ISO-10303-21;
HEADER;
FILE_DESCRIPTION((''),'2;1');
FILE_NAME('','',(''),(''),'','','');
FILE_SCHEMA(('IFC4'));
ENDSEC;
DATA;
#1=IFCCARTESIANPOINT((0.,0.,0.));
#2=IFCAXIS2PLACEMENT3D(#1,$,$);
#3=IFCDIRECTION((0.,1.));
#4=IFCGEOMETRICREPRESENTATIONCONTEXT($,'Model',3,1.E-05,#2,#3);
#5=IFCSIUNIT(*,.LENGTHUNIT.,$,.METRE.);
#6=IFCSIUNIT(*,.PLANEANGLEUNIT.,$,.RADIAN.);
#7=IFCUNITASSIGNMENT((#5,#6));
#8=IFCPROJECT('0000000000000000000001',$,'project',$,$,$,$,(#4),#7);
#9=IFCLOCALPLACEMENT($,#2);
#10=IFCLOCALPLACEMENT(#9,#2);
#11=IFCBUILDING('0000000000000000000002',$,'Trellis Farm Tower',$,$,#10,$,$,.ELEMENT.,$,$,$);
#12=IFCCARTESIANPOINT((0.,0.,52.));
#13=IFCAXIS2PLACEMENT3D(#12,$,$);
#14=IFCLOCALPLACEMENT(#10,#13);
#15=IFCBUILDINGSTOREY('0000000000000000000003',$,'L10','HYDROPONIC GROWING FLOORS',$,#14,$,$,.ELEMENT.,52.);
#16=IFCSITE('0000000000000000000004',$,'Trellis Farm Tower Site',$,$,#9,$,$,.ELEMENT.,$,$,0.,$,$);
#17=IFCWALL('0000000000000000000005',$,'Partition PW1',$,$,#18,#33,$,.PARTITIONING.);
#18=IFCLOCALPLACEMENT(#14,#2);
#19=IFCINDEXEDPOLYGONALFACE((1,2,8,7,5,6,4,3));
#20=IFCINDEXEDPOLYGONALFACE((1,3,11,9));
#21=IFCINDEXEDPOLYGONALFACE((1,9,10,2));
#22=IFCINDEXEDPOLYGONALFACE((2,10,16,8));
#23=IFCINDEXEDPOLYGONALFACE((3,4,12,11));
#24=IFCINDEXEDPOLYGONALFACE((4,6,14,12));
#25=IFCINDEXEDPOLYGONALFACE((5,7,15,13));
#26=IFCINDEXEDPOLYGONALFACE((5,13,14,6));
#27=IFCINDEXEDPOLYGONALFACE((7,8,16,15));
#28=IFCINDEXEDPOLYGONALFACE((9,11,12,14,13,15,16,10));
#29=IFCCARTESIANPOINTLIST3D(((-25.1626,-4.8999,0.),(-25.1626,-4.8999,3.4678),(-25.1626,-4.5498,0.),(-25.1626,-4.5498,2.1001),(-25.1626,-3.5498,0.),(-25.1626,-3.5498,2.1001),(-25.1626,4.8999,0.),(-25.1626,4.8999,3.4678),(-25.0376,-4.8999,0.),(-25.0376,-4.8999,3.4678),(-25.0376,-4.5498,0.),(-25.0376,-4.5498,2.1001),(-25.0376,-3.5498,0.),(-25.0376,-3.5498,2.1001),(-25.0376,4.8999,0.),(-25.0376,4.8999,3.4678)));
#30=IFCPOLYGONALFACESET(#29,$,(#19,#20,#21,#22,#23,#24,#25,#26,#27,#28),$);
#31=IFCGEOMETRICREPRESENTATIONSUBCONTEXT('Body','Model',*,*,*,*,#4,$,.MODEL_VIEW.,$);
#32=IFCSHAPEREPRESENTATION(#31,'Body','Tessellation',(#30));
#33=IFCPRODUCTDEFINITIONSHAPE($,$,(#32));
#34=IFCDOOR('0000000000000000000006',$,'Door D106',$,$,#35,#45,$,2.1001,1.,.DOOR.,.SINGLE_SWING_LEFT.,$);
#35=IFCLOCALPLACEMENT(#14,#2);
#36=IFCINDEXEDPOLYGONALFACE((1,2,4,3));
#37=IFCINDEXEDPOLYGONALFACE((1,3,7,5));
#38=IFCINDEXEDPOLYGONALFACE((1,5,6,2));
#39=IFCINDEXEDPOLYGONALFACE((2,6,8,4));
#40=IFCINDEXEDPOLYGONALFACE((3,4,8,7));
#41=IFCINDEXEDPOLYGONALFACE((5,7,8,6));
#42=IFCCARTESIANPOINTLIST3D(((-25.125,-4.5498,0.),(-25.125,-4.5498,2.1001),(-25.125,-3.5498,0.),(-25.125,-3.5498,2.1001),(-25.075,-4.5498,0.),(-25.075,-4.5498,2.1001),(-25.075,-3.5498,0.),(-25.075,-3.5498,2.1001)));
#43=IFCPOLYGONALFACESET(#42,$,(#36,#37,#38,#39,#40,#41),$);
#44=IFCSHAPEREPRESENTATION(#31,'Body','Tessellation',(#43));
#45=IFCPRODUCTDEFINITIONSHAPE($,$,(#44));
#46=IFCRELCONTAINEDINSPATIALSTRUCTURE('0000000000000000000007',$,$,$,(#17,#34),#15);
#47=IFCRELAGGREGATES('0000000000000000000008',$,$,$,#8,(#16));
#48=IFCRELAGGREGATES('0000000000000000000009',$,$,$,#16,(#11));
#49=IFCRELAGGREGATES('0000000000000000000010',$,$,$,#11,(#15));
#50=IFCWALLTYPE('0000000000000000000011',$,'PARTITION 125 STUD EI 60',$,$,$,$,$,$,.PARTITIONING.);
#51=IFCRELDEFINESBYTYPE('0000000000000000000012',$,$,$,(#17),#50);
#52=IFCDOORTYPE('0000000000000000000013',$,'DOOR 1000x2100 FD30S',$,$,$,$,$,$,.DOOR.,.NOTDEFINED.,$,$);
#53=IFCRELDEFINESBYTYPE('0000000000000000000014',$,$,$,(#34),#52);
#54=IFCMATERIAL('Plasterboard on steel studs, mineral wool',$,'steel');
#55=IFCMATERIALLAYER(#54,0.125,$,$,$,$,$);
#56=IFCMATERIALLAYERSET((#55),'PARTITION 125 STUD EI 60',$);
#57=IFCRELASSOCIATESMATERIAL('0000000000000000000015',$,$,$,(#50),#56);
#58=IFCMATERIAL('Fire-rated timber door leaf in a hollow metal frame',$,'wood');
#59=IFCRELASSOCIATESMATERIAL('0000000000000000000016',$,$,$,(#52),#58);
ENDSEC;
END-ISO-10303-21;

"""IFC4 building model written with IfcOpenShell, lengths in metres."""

from ifc_helpers import new_model, si_unit, direction, frame, frame_2d, origin, place, context, subcontext, project, spatial, rectangle, extrude, source, transform, mapped, material, layer, layer_set, type_object, element, fill, save


model = new_model("IFC4")

# Units and contexts
model_context = context("Model", 3, precision=1e-05, world=origin(), true_north=direction((0.0, 1.0)))
body_context = subcontext(model_context, "Body", "Model", "MODEL_VIEW")
ifc_project = project(units=[si_unit("LENGTHUNIT", "METRE"), si_unit("PLANEANGLEUNIT", "RADIAN")], contexts=[model_context])

# Site, building, storey
site_placement = place(None, origin())
site = spatial("IfcSite", under=ifc_project, at=site_placement, Name="Trellis Farm Tower Site", CompositionType="ELEMENT", RefElevation=0.0)
building_placement = place(site_placement, origin())
building = spatial("IfcBuilding", under=site, at=building_placement, Name="Trellis Farm Tower", CompositionType="ELEMENT")
storey_placement = place(building_placement, frame((0.0, 0.0, 52.0)))
storey = spatial("IfcBuildingStorey", under=building, at=storey_placement, Name="L10", Description="HYDROPONIC GROWING FLOORS", CompositionType="ELEMENT", Elevation=52.0)

# Wall, opening, door
ifc_material_1 = material(Name="Plasterboard on steel studs, mineral wool", Category="steel")
ifc_layer_1 = layer(ifc_material_1, 0.125)
ifc_layer_set_1 = layer_set([ifc_layer_1], Name="PARTITION 125 STUD EI 60")
wall_type_1 = type_object("IfcWallType", Name="PARTITION 125 STUD EI 60", PredefinedType="PARTITIONING", material=ifc_layer_set_1)
shared_shape_1 = source(origin(), body_context, "Body", "SweptSolid", [
    extrude(rectangle(XDim=9.7998, YDim=0.125, at=frame_2d((4.8999, 0.0))), origin(), (0.0, 0.0, 1.0), 3.4678),
])
wall_1_placement = place(storey_placement, frame((-25.1001, -4.8999, 0.0), z_axis=(0.0, 0.0, 1.0), x_axis=(0.0, 1.0, 0.0)))
wall_1 = element("IfcWall", 1, at=wall_1_placement, inside=storey, type_object=wall_type_1, Name="Partition PW1", PredefinedType="PARTITIONING", context=body_context, shape_type="MappedRepresentation", body=[
    mapped(shared_shape_1, transform((0.0, 0.0, 0.0))),
])
shared_shape_2 = source(origin(), body_context, "Body", "SweptSolid", [
    extrude(rectangle(XDim=1.0, YDim=2.1001, at=frame_2d((0.5, 1.05))), frame((0.0, 0.0725, 0.0), z_axis=(0.0, -1.0, 0.0), x_axis=(1.0, 0.0, 0.0)), (0.0, 0.0, 1.0), 0.145),
])
opening_1_placement = place(wall_1_placement, frame((0.3501, 0.0, 0.0)))
opening_1 = element("IfcOpeningElement", 2, at=opening_1_placement, cuts=wall_1, PredefinedType="OPENING", context=body_context, shape_type="MappedRepresentation", body=[
    mapped(shared_shape_2, transform((0.0, 0.0, 0.0))),
])
ifc_material_2 = material(Name="Fire-rated timber door leaf in a hollow metal frame", Category="wood")
door_type_1 = type_object("IfcDoorType", Name="DOOR 1000x2100 FD30S", OperationType="NOTDEFINED", PredefinedType="DOOR", material=ifc_material_2)
shared_shape_3 = source(origin(), body_context, "Body", "SweptSolid", [
    extrude(rectangle(XDim=1.0, YDim=2.1001, at=frame_2d((0.5, 1.05))), frame((0.0, 0.0249, 0.0), z_axis=(0.0, -1.0, 0.0), x_axis=(1.0, 0.0, 0.0)), (0.0, 0.0, 1.0), 0.05),
])
door_1_placement = place(opening_1_placement, origin())
door_1 = element("IfcDoor", 3, at=door_1_placement, inside=storey, type_object=door_type_1, Name="Door D106", OperationType="SINGLE_SWING_LEFT", OverallHeight=2.1001, OverallWidth=1.0, PredefinedType="DOOR", context=body_context, shape_type="MappedRepresentation", body=[
    mapped(shared_shape_3, transform((0.0, 0.0, 0.0))),
])
fill(opening_1, door_1)

save(model, "model.ifc")
